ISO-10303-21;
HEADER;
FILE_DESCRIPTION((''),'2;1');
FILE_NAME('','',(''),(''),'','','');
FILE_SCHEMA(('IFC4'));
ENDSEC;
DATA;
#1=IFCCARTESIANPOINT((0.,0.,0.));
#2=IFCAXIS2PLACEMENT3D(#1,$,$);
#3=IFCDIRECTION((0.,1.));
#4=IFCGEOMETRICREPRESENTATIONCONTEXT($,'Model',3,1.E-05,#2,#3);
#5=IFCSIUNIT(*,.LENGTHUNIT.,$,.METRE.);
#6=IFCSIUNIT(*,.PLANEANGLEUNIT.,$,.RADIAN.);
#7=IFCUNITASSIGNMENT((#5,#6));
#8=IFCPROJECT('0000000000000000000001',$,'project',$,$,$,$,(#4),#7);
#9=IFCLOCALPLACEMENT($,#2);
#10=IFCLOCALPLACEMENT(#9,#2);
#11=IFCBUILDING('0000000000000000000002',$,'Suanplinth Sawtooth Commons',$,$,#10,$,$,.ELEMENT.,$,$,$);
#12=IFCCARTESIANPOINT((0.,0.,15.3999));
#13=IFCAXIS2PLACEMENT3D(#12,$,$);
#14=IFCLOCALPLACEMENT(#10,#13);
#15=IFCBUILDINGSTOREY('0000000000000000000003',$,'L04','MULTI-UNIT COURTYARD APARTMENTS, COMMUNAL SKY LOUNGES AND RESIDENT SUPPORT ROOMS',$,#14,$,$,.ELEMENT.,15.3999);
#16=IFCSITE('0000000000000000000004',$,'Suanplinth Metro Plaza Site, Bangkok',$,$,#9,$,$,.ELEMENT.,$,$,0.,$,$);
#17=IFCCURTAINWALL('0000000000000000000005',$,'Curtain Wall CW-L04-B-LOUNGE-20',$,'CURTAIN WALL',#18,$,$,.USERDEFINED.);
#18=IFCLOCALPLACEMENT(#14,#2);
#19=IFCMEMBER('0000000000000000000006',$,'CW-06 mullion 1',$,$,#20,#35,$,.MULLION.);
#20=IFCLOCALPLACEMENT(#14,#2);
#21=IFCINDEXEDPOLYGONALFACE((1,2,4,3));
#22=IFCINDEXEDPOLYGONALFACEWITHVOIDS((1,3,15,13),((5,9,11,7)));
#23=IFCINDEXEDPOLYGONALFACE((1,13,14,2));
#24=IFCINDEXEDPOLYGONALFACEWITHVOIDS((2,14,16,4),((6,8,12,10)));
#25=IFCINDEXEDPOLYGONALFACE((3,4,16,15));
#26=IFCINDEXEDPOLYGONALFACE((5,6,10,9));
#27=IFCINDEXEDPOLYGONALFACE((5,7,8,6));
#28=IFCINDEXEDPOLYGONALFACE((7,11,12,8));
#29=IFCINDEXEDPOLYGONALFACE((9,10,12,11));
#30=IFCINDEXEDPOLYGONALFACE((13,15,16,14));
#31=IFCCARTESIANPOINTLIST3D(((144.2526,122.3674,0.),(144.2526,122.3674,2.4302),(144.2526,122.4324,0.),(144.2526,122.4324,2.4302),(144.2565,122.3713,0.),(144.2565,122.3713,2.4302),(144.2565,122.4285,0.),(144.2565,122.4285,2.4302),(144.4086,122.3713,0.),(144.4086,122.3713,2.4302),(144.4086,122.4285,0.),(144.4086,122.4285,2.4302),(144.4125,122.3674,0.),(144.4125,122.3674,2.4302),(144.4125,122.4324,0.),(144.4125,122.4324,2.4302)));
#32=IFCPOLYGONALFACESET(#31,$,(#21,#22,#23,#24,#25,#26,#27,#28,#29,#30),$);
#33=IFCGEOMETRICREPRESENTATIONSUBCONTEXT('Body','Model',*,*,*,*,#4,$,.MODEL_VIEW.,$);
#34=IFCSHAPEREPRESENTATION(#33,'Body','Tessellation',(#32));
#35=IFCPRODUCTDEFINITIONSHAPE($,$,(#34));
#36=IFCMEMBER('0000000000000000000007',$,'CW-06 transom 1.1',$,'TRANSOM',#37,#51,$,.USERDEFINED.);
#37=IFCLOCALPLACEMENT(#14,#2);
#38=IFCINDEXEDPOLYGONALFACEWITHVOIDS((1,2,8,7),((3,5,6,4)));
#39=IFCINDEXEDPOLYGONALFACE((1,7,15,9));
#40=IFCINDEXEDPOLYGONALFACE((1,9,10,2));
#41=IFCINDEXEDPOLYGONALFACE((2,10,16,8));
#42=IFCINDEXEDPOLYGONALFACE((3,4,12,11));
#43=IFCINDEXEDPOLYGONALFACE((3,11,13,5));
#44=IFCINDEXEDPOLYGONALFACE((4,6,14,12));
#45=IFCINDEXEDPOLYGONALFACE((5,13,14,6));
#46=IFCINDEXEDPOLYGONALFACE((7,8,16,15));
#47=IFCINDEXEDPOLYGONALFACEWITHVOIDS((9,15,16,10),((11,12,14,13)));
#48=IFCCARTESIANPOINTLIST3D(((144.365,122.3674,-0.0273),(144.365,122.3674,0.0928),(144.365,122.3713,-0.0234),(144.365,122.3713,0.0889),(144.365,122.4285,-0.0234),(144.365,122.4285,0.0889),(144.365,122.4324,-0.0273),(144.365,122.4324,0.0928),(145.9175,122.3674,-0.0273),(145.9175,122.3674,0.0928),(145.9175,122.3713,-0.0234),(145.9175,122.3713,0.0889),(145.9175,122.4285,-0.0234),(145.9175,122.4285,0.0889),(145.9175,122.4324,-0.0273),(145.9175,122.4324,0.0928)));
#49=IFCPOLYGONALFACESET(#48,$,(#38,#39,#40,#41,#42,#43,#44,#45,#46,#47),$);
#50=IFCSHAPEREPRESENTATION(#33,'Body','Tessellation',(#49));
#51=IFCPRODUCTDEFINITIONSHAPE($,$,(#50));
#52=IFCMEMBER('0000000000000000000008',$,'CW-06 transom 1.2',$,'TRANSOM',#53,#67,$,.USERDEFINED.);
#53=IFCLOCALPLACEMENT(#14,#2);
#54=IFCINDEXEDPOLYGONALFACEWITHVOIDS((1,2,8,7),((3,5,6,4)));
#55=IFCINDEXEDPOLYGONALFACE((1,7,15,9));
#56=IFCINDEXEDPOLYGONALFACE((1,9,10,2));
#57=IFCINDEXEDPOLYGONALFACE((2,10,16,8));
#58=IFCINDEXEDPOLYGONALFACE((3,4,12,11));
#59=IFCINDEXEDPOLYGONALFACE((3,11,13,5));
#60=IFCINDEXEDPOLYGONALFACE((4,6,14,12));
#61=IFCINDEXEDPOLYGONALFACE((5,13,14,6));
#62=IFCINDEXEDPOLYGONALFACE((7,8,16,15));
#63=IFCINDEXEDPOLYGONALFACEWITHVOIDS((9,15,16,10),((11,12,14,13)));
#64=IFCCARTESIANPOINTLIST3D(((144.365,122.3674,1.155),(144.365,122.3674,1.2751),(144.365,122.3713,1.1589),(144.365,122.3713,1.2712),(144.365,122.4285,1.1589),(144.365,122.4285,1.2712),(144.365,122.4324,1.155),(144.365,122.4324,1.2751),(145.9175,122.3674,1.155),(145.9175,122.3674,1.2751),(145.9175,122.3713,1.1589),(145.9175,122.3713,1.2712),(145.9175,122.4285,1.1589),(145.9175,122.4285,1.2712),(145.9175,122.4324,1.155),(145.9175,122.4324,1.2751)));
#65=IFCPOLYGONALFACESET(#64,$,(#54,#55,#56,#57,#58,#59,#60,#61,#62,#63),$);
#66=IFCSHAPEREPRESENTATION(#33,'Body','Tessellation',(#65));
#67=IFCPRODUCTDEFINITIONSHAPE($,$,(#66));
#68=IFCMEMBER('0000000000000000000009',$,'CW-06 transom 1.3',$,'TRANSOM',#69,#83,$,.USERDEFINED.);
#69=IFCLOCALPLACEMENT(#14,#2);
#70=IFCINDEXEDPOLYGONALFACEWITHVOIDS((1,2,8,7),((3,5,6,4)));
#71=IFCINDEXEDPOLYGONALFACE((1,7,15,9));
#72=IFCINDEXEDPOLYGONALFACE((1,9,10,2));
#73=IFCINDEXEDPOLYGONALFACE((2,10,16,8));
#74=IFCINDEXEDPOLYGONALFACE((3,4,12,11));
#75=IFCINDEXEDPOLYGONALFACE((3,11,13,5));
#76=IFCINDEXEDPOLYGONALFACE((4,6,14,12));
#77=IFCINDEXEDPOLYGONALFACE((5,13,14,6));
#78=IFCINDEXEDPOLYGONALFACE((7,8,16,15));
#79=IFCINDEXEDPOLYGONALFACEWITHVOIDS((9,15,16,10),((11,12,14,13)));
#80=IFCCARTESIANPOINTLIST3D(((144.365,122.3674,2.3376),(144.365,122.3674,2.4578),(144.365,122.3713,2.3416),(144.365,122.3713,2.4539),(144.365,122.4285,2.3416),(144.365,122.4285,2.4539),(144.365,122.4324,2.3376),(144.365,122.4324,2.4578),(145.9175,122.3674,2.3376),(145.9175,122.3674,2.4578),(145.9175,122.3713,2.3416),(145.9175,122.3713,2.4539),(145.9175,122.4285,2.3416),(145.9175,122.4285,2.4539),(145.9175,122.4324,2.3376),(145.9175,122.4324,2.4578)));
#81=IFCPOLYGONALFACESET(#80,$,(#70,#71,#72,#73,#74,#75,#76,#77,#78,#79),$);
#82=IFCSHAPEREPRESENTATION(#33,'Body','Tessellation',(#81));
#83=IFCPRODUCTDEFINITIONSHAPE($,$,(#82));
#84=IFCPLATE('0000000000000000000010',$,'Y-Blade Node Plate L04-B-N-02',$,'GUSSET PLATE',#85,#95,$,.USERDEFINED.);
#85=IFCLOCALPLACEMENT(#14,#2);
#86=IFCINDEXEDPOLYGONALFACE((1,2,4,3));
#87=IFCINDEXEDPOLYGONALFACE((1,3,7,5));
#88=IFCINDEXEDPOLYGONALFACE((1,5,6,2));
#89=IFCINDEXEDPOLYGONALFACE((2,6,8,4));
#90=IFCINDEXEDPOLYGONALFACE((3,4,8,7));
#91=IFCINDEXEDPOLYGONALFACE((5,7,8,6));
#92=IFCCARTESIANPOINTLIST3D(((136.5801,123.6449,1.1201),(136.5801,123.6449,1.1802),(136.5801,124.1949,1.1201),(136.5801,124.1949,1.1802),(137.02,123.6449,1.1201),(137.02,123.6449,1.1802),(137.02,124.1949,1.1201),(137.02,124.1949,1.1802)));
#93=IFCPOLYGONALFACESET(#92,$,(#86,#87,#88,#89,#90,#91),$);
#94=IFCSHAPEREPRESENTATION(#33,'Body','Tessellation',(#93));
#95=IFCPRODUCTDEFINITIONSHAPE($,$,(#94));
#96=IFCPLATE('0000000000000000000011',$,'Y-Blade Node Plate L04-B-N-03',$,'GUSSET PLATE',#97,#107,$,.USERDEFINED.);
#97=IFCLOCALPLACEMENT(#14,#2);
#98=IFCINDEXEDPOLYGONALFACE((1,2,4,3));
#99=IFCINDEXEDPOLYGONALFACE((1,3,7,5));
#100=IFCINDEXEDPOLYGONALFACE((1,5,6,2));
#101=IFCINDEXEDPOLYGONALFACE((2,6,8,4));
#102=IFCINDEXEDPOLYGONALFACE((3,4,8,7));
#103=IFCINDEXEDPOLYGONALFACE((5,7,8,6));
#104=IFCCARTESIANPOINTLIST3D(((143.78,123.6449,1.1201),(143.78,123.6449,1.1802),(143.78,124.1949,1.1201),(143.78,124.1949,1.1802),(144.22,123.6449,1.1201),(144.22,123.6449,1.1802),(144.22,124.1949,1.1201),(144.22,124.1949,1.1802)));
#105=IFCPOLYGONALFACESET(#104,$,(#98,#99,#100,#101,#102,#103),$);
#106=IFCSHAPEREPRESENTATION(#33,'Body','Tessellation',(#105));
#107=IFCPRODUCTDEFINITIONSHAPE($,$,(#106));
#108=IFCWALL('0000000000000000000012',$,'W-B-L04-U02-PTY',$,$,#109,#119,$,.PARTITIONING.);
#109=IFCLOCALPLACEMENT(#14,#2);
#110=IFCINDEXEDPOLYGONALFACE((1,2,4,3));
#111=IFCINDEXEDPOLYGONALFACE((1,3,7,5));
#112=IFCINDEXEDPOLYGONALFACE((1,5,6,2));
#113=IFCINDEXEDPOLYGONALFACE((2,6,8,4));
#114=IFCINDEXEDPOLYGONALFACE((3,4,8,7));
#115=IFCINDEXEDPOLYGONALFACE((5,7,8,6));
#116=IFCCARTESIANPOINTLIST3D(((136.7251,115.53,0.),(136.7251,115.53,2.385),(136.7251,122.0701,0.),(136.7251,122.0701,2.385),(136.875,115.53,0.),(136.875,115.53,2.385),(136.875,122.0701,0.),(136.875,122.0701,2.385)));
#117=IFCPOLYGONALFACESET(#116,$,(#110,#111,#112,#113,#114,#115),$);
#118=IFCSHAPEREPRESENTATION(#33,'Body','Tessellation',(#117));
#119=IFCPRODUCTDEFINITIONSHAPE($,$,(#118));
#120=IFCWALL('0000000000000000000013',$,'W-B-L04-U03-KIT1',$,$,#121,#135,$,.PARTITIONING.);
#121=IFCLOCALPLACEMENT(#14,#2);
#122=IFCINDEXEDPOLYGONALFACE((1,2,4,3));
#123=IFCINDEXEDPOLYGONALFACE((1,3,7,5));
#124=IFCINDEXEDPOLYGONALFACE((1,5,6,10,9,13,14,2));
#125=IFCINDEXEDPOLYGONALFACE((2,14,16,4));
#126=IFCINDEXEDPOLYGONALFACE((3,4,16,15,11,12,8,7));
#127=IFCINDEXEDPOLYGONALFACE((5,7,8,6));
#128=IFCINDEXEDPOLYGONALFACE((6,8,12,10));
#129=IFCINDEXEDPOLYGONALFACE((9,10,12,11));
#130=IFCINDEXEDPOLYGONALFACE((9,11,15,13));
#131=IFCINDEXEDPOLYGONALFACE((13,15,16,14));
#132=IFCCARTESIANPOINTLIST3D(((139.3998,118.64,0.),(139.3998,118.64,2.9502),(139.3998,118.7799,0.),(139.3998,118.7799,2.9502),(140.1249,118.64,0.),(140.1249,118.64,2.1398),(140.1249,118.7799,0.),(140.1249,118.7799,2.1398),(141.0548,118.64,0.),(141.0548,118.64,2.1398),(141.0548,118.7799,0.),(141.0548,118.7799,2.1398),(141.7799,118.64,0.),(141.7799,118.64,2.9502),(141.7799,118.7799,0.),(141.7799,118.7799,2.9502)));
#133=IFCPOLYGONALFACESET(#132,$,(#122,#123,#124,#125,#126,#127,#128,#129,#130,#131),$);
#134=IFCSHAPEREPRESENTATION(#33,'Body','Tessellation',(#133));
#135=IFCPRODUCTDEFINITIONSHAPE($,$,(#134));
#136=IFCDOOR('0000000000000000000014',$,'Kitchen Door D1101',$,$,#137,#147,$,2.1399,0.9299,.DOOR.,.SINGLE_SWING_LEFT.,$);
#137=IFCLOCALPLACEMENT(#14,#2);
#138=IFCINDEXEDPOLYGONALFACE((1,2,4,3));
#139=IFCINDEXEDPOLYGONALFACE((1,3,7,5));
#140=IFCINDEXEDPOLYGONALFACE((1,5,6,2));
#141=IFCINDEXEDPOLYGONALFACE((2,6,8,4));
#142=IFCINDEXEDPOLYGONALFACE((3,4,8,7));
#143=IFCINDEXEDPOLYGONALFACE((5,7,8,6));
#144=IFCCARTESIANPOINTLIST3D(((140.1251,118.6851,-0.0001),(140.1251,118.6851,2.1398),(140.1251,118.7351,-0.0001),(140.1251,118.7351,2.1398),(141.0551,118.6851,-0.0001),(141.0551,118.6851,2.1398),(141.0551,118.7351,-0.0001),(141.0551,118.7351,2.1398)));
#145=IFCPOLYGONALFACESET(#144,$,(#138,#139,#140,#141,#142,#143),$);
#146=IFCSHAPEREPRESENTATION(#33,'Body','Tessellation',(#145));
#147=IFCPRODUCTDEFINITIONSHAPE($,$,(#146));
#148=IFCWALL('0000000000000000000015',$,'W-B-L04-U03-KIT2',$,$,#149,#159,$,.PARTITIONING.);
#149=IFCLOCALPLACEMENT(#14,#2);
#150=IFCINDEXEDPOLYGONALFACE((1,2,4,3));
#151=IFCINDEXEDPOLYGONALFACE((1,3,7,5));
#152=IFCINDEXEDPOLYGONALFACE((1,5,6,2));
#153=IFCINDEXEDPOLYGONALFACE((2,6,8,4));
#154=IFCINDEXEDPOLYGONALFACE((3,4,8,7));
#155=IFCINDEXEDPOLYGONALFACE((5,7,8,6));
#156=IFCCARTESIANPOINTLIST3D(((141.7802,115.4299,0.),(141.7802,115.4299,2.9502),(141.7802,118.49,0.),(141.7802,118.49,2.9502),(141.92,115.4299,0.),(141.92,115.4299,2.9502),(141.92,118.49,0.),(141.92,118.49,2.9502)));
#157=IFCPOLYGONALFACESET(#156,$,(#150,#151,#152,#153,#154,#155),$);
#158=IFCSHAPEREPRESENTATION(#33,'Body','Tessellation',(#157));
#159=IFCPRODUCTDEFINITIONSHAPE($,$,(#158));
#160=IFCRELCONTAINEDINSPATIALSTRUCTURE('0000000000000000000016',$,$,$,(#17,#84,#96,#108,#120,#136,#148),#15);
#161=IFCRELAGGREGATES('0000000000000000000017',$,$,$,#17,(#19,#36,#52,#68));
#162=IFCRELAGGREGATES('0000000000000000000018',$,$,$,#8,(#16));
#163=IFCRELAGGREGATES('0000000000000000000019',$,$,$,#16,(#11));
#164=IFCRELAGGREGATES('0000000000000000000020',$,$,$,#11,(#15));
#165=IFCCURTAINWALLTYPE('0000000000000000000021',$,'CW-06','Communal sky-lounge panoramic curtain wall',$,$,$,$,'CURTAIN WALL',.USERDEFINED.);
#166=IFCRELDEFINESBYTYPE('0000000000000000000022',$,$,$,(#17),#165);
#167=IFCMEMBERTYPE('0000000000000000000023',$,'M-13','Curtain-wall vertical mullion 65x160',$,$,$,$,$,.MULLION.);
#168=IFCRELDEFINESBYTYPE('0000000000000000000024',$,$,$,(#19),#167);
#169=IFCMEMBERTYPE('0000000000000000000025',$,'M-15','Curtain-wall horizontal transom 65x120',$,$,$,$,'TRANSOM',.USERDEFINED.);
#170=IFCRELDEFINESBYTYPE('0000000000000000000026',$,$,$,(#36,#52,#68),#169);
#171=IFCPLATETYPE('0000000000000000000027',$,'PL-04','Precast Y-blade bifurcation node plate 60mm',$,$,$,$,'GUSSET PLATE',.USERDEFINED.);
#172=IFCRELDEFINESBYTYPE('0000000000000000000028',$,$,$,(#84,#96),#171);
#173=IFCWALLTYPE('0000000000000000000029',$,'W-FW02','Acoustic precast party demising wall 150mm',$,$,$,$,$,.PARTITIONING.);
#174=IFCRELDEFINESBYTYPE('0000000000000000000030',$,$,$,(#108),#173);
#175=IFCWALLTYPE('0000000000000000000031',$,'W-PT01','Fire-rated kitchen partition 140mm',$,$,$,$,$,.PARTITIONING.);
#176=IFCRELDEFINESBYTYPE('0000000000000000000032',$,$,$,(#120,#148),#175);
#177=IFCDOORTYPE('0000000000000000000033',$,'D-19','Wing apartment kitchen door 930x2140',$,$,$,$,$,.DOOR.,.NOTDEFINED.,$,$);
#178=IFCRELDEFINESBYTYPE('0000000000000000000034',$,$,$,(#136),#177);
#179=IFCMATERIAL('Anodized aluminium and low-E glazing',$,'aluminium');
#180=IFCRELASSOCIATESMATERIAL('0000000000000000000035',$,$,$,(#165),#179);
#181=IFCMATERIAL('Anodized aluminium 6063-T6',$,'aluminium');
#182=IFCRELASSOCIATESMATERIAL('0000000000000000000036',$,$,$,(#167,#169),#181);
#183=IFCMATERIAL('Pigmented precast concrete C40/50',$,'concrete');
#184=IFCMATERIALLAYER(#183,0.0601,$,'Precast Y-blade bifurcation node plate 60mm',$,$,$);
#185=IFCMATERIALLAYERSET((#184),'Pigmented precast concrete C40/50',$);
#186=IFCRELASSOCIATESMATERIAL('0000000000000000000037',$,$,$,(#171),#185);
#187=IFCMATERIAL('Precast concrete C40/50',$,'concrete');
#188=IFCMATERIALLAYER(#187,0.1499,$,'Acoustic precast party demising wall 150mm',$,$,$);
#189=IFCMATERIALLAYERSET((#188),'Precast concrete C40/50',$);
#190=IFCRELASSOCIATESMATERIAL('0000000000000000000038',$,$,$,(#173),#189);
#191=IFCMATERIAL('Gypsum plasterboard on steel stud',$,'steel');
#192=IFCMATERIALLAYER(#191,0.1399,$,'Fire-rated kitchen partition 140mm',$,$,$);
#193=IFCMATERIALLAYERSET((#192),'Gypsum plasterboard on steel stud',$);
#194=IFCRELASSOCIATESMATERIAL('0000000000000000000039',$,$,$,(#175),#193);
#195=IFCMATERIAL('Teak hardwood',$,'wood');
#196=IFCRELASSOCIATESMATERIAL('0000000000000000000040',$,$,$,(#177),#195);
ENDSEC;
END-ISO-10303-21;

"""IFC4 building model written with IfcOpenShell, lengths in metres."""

from ifc_helpers import new_model, si_unit, direction, frame, frame_2d, origin, origin_2d, place, context, subcontext, project, spatial, rectangle, hollow_rectangle, extrude, material, layer, layer_set, material_profile, profile_set, type_object, element, fill, aggregate, save


model = new_model("IFC4")

# Units and contexts
model_context = context("Model", 3, precision=1e-05, world=origin(), true_north=direction((0.0, 1.0)))
body_context = subcontext(model_context, "Body", "Model", "MODEL_VIEW")
ifc_project = project(units=[si_unit("LENGTHUNIT", "METRE"), si_unit("PLANEANGLEUNIT", "RADIAN")], contexts=[model_context])

# Site, building, storey
site_placement = place(None, origin())
site = spatial("IfcSite", under=ifc_project, at=site_placement, Name="Suanplinth Metro Plaza Site, Bangkok", CompositionType="ELEMENT", RefElevation=0.0)
building_placement = place(site_placement, origin())
building = spatial("IfcBuilding", under=site, at=building_placement, Name="Suanplinth Sawtooth Commons", CompositionType="ELEMENT")
storey_placement = place(building_placement, frame((0.0, 0.0, 15.3999)))
storey = spatial("IfcBuildingStorey", under=building, at=storey_placement, Name="L04", Description="MULTI-UNIT COURTYARD APARTMENTS, COMMUNAL SKY LOUNGES AND RESIDENT SUPPORT ROOMS", CompositionType="ELEMENT", Elevation=15.3999)

# Shared definitions
ifc_material_1 = material(Name="Precast concrete C40/50", Category="concrete")

# Shared definitions
ifc_material_2 = material(Name="Pigmented precast concrete C40/50", Category="concrete")

# Curtain wall, members
ifc_material_3 = material(Name="Anodized aluminium and low-E glazing", Category="aluminium")
curtain_wall_type = type_object("IfcCurtainWallType", Name="CW-06", Description="Communal sky-lounge panoramic curtain wall", ElementType="CURTAIN WALL", PredefinedType="USERDEFINED", material=ifc_material_3)
curtain_wall_placement = place(storey_placement, origin())
curtain_wall = element("IfcCurtainWall", 1, at=curtain_wall_placement, inside=storey, type_object=curtain_wall_type, Name="Curtain Wall CW-L04-B-LOUNGE-20", ObjectType="CURTAIN WALL", PredefinedType="USERDEFINED")
ifc_material_4 = material(Name="Anodized aluminium 6063-T6", Category="aluminium")
ifc_material_profile_1 = material_profile(ifc_material_4, hollow_rectangle(XDim=0.0649, YDim=0.1599, WallThickness=0.0039, at=origin_2d()), Name="ALU-MUL 65x160")
ifc_profile_set_1 = profile_set([ifc_material_profile_1], Name="Anodized aluminium 6063-T6")
member_type_1 = type_object("IfcMemberType", Name="M-13", Description="Curtain-wall vertical mullion 65x160", PredefinedType="MULLION", material=ifc_profile_set_1)
member_1_placement = place(storey_placement, frame((144.3325, 122.3999, 0.0), z_axis=(0.0, 0.0, 1.0), x_axis=(0.0, 1.0, 0.0)))
member_1 = element("IfcMember", 2, at=member_1_placement, type_object=member_type_1, Name="CW-06 mullion 1", PredefinedType="MULLION", context=body_context, shape_type="SweptSolid", body=[
    extrude(hollow_rectangle(XDim=0.0649, YDim=0.1599, WallThickness=0.0039, at=origin_2d()), origin(), (0.0, 0.0, 1.0), 2.4302),
])
ifc_material_profile_2 = material_profile(ifc_material_4, hollow_rectangle(XDim=0.0649, YDim=0.1201, WallThickness=0.0039, at=origin_2d()), Name="ALU-TRN 65x120")
ifc_profile_set_2 = profile_set([ifc_material_profile_2], Name="Anodized aluminium 6063-T6")
member_type_2 = type_object("IfcMemberType", Name="M-15", Description="Curtain-wall horizontal transom 65x120", ElementType="TRANSOM", PredefinedType="USERDEFINED", material=ifc_profile_set_2)
member_2_placement = place(storey_placement, frame((144.365, 122.3999, 0.0327), z_axis=(1.0, 0.0, 0.0), x_axis=(0.0, 1.0, 0.0)))
member_2 = element("IfcMember", 3, at=member_2_placement, type_object=member_type_2, Name="CW-06 transom 1.1", ObjectType="TRANSOM", PredefinedType="USERDEFINED", context=body_context, shape_type="SweptSolid", body=[
    extrude(hollow_rectangle(XDim=0.0649, YDim=0.1201, WallThickness=0.0039, at=origin_2d()), origin(), (0.0, 0.0, 1.0), 1.5525),
])
member_3_placement = place(storey_placement, frame((144.365, 122.3999, 1.2151), z_axis=(1.0, 0.0, 0.0), x_axis=(0.0, 1.0, 0.0)))
member_3 = element("IfcMember", 4, at=member_3_placement, type_object=member_type_2, Name="CW-06 transom 1.2", ObjectType="TRANSOM", PredefinedType="USERDEFINED", context=body_context, shape_type="SweptSolid", body=[
    extrude(hollow_rectangle(XDim=0.0649, YDim=0.1201, WallThickness=0.0039, at=origin_2d()), origin(), (0.0, 0.0, 1.0), 1.5525),
])
member_4_placement = place(storey_placement, frame((144.365, 122.3999, 2.3977), z_axis=(1.0, 0.0, 0.0), x_axis=(0.0, 1.0, 0.0)))
member_4 = element("IfcMember", 5, at=member_4_placement, type_object=member_type_2, Name="CW-06 transom 1.3", ObjectType="TRANSOM", PredefinedType="USERDEFINED", context=body_context, shape_type="SweptSolid", body=[
    extrude(hollow_rectangle(XDim=0.0649, YDim=0.1201, WallThickness=0.0039, at=origin_2d()), origin(), (0.0, 0.0, 1.0), 1.5525),
])
aggregate(curtain_wall, [member_1, member_2, member_3, member_4])

# Plates
ifc_layer_1 = layer(ifc_material_2, 0.0601, Name="Precast Y-blade bifurcation node plate 60mm")
ifc_layer_set_1 = layer_set([ifc_layer_1], Name="Pigmented precast concrete C40/50")
plate_type = type_object("IfcPlateType", Name="PL-04", Description="Precast Y-blade bifurcation node plate 60mm", ElementType="GUSSET PLATE", PredefinedType="USERDEFINED", material=ifc_layer_set_1)
for number, where, z_axis, x_axis, name in (
    (6, (136.8, 123.9199, 1.1201), (0.0, 0.0, 1.0), (1.0, 0.0, 0.0), "Y-Blade Node Plate L04-B-N-02"),
    (7, (144.0, 123.9199, 1.1201), (0.0, 0.0, 1.0), (1.0, 0.0, 0.0), "Y-Blade Node Plate L04-B-N-03"),
):
    element("IfcPlate", number, at=place(storey_placement, frame(where, z_axis=z_axis, x_axis=x_axis)), inside=storey, type_object=plate_type, Name=name, ObjectType="GUSSET PLATE", PredefinedType="USERDEFINED", context=body_context, shape_type="SweptSolid", body=[
        extrude(rectangle(XDim=0.4399, YDim=0.55, at=origin_2d()), origin(), (0.0, 0.0, 1.0), 0.0601),
    ])

# Wall
ifc_layer_2 = layer(ifc_material_1, 0.1499, Name="Acoustic precast party demising wall 150mm")
ifc_layer_set_2 = layer_set([ifc_layer_2], Name="Precast concrete C40/50")
wall_type_1 = type_object("IfcWallType", Name="W-FW02", Description="Acoustic precast party demising wall 150mm", PredefinedType="PARTITIONING", material=ifc_layer_set_2)
wall_1_placement = place(storey_placement, frame((136.8, 115.53, 0.0), z_axis=(0.0, 0.0, 1.0), x_axis=(0.0, 1.0, 0.0)))
element("IfcWall", 8, at=wall_1_placement, inside=storey, type_object=wall_type_1, Name="W-B-L04-U02-PTY", PredefinedType="PARTITIONING", context=body_context, shape_type="SweptSolid", body=[
    extrude(rectangle(XDim=6.54, YDim=0.1499, at=frame_2d((3.27, 0.0))), origin(), (0.0, 0.0, 1.0), 2.385),
])

# Wall, opening, door
ifc_material_5 = material(Name="Gypsum plasterboard on steel stud", Category="steel")
ifc_layer_3 = layer(ifc_material_5, 0.1399, Name="Fire-rated kitchen partition 140mm")
ifc_layer_set_3 = layer_set([ifc_layer_3], Name="Gypsum plasterboard on steel stud")
wall_type_2 = type_object("IfcWallType", Name="W-PT01", Description="Fire-rated kitchen partition 140mm", PredefinedType="PARTITIONING", material=ifc_layer_set_3)
wall_2_placement = place(storey_placement, frame((139.3999, 118.71, 0.0), z_axis=(0.0, 0.0, 1.0), x_axis=(1.0, 0.0, 0.0)))
wall_2 = element("IfcWall", 9, at=wall_2_placement, inside=storey, type_object=wall_type_2, Name="W-B-L04-U03-KIT1", PredefinedType="PARTITIONING", context=body_context, shape_type="SweptSolid", body=[
    extrude(rectangle(XDim=2.3801, YDim=0.1399, at=frame_2d((1.1899, 0.0))), origin(), (0.0, 0.0, 1.0), 2.9502),
])
opening_1_placement = place(wall_2_placement, frame((0.7251, 0.0, 0.0)))
opening_1 = element("IfcOpeningElement", 10, at=opening_1_placement, cuts=wall_2, PredefinedType="OPENING", context=body_context, shape_type="SweptSolid", body=[
    extrude(rectangle(XDim=0.9299, YDim=2.1399, at=frame_2d((0.4648, 1.0698))), frame((0.0, 0.085, 0.0), z_axis=(0.0, -1.0, 0.0), x_axis=(1.0, 0.0, 0.0)), (0.0, 0.0, 1.0), 0.1697),
])
ifc_material_6 = material(Name="Teak hardwood", Category="wood")
door_type_1 = type_object("IfcDoorType", Name="D-19", Description="Wing apartment kitchen door 930x2140", OperationType="NOTDEFINED", PredefinedType="DOOR", material=ifc_material_6)
door_1_placement = place(opening_1_placement, frame((0.9299, 0.0, 0.0), z_axis=(0.0, 0.0, 1.0), x_axis=(-1.0, 0.0, 0.0)))
door_1 = element("IfcDoor", 11, at=door_1_placement, inside=storey, type_object=door_type_1, Name="Kitchen Door D1101", OperationType="SINGLE_SWING_LEFT", OverallHeight=2.1399, OverallWidth=0.9299, PredefinedType="DOOR", context=body_context, shape_type="SweptSolid", body=[
    extrude(rectangle(XDim=0.9299, YDim=2.1399, at=frame_2d((0.4648, 1.0698))), frame((0.0, 0.0249, 0.0), z_axis=(0.0, -1.0, 0.0), x_axis=(1.0, 0.0, 0.0)), (0.0, 0.0, 1.0), 0.05),
])
fill(opening_1, door_1)

# Wall
wall_3_placement = place(storey_placement, frame((141.8501, 115.4299, 0.0), z_axis=(0.0, 0.0, 1.0), x_axis=(0.0, 1.0, 0.0)))
element("IfcWall", 12, at=wall_3_placement, inside=storey, type_object=wall_type_2, Name="W-B-L04-U03-KIT2", PredefinedType="PARTITIONING", context=body_context, shape_type="SweptSolid", body=[
    extrude(rectangle(XDim=3.0601, YDim=0.1399, at=frame_2d((1.53, 0.0))), origin(), (0.0, 0.0, 1.0), 2.9502),
])

save(model, "model.ifc")
